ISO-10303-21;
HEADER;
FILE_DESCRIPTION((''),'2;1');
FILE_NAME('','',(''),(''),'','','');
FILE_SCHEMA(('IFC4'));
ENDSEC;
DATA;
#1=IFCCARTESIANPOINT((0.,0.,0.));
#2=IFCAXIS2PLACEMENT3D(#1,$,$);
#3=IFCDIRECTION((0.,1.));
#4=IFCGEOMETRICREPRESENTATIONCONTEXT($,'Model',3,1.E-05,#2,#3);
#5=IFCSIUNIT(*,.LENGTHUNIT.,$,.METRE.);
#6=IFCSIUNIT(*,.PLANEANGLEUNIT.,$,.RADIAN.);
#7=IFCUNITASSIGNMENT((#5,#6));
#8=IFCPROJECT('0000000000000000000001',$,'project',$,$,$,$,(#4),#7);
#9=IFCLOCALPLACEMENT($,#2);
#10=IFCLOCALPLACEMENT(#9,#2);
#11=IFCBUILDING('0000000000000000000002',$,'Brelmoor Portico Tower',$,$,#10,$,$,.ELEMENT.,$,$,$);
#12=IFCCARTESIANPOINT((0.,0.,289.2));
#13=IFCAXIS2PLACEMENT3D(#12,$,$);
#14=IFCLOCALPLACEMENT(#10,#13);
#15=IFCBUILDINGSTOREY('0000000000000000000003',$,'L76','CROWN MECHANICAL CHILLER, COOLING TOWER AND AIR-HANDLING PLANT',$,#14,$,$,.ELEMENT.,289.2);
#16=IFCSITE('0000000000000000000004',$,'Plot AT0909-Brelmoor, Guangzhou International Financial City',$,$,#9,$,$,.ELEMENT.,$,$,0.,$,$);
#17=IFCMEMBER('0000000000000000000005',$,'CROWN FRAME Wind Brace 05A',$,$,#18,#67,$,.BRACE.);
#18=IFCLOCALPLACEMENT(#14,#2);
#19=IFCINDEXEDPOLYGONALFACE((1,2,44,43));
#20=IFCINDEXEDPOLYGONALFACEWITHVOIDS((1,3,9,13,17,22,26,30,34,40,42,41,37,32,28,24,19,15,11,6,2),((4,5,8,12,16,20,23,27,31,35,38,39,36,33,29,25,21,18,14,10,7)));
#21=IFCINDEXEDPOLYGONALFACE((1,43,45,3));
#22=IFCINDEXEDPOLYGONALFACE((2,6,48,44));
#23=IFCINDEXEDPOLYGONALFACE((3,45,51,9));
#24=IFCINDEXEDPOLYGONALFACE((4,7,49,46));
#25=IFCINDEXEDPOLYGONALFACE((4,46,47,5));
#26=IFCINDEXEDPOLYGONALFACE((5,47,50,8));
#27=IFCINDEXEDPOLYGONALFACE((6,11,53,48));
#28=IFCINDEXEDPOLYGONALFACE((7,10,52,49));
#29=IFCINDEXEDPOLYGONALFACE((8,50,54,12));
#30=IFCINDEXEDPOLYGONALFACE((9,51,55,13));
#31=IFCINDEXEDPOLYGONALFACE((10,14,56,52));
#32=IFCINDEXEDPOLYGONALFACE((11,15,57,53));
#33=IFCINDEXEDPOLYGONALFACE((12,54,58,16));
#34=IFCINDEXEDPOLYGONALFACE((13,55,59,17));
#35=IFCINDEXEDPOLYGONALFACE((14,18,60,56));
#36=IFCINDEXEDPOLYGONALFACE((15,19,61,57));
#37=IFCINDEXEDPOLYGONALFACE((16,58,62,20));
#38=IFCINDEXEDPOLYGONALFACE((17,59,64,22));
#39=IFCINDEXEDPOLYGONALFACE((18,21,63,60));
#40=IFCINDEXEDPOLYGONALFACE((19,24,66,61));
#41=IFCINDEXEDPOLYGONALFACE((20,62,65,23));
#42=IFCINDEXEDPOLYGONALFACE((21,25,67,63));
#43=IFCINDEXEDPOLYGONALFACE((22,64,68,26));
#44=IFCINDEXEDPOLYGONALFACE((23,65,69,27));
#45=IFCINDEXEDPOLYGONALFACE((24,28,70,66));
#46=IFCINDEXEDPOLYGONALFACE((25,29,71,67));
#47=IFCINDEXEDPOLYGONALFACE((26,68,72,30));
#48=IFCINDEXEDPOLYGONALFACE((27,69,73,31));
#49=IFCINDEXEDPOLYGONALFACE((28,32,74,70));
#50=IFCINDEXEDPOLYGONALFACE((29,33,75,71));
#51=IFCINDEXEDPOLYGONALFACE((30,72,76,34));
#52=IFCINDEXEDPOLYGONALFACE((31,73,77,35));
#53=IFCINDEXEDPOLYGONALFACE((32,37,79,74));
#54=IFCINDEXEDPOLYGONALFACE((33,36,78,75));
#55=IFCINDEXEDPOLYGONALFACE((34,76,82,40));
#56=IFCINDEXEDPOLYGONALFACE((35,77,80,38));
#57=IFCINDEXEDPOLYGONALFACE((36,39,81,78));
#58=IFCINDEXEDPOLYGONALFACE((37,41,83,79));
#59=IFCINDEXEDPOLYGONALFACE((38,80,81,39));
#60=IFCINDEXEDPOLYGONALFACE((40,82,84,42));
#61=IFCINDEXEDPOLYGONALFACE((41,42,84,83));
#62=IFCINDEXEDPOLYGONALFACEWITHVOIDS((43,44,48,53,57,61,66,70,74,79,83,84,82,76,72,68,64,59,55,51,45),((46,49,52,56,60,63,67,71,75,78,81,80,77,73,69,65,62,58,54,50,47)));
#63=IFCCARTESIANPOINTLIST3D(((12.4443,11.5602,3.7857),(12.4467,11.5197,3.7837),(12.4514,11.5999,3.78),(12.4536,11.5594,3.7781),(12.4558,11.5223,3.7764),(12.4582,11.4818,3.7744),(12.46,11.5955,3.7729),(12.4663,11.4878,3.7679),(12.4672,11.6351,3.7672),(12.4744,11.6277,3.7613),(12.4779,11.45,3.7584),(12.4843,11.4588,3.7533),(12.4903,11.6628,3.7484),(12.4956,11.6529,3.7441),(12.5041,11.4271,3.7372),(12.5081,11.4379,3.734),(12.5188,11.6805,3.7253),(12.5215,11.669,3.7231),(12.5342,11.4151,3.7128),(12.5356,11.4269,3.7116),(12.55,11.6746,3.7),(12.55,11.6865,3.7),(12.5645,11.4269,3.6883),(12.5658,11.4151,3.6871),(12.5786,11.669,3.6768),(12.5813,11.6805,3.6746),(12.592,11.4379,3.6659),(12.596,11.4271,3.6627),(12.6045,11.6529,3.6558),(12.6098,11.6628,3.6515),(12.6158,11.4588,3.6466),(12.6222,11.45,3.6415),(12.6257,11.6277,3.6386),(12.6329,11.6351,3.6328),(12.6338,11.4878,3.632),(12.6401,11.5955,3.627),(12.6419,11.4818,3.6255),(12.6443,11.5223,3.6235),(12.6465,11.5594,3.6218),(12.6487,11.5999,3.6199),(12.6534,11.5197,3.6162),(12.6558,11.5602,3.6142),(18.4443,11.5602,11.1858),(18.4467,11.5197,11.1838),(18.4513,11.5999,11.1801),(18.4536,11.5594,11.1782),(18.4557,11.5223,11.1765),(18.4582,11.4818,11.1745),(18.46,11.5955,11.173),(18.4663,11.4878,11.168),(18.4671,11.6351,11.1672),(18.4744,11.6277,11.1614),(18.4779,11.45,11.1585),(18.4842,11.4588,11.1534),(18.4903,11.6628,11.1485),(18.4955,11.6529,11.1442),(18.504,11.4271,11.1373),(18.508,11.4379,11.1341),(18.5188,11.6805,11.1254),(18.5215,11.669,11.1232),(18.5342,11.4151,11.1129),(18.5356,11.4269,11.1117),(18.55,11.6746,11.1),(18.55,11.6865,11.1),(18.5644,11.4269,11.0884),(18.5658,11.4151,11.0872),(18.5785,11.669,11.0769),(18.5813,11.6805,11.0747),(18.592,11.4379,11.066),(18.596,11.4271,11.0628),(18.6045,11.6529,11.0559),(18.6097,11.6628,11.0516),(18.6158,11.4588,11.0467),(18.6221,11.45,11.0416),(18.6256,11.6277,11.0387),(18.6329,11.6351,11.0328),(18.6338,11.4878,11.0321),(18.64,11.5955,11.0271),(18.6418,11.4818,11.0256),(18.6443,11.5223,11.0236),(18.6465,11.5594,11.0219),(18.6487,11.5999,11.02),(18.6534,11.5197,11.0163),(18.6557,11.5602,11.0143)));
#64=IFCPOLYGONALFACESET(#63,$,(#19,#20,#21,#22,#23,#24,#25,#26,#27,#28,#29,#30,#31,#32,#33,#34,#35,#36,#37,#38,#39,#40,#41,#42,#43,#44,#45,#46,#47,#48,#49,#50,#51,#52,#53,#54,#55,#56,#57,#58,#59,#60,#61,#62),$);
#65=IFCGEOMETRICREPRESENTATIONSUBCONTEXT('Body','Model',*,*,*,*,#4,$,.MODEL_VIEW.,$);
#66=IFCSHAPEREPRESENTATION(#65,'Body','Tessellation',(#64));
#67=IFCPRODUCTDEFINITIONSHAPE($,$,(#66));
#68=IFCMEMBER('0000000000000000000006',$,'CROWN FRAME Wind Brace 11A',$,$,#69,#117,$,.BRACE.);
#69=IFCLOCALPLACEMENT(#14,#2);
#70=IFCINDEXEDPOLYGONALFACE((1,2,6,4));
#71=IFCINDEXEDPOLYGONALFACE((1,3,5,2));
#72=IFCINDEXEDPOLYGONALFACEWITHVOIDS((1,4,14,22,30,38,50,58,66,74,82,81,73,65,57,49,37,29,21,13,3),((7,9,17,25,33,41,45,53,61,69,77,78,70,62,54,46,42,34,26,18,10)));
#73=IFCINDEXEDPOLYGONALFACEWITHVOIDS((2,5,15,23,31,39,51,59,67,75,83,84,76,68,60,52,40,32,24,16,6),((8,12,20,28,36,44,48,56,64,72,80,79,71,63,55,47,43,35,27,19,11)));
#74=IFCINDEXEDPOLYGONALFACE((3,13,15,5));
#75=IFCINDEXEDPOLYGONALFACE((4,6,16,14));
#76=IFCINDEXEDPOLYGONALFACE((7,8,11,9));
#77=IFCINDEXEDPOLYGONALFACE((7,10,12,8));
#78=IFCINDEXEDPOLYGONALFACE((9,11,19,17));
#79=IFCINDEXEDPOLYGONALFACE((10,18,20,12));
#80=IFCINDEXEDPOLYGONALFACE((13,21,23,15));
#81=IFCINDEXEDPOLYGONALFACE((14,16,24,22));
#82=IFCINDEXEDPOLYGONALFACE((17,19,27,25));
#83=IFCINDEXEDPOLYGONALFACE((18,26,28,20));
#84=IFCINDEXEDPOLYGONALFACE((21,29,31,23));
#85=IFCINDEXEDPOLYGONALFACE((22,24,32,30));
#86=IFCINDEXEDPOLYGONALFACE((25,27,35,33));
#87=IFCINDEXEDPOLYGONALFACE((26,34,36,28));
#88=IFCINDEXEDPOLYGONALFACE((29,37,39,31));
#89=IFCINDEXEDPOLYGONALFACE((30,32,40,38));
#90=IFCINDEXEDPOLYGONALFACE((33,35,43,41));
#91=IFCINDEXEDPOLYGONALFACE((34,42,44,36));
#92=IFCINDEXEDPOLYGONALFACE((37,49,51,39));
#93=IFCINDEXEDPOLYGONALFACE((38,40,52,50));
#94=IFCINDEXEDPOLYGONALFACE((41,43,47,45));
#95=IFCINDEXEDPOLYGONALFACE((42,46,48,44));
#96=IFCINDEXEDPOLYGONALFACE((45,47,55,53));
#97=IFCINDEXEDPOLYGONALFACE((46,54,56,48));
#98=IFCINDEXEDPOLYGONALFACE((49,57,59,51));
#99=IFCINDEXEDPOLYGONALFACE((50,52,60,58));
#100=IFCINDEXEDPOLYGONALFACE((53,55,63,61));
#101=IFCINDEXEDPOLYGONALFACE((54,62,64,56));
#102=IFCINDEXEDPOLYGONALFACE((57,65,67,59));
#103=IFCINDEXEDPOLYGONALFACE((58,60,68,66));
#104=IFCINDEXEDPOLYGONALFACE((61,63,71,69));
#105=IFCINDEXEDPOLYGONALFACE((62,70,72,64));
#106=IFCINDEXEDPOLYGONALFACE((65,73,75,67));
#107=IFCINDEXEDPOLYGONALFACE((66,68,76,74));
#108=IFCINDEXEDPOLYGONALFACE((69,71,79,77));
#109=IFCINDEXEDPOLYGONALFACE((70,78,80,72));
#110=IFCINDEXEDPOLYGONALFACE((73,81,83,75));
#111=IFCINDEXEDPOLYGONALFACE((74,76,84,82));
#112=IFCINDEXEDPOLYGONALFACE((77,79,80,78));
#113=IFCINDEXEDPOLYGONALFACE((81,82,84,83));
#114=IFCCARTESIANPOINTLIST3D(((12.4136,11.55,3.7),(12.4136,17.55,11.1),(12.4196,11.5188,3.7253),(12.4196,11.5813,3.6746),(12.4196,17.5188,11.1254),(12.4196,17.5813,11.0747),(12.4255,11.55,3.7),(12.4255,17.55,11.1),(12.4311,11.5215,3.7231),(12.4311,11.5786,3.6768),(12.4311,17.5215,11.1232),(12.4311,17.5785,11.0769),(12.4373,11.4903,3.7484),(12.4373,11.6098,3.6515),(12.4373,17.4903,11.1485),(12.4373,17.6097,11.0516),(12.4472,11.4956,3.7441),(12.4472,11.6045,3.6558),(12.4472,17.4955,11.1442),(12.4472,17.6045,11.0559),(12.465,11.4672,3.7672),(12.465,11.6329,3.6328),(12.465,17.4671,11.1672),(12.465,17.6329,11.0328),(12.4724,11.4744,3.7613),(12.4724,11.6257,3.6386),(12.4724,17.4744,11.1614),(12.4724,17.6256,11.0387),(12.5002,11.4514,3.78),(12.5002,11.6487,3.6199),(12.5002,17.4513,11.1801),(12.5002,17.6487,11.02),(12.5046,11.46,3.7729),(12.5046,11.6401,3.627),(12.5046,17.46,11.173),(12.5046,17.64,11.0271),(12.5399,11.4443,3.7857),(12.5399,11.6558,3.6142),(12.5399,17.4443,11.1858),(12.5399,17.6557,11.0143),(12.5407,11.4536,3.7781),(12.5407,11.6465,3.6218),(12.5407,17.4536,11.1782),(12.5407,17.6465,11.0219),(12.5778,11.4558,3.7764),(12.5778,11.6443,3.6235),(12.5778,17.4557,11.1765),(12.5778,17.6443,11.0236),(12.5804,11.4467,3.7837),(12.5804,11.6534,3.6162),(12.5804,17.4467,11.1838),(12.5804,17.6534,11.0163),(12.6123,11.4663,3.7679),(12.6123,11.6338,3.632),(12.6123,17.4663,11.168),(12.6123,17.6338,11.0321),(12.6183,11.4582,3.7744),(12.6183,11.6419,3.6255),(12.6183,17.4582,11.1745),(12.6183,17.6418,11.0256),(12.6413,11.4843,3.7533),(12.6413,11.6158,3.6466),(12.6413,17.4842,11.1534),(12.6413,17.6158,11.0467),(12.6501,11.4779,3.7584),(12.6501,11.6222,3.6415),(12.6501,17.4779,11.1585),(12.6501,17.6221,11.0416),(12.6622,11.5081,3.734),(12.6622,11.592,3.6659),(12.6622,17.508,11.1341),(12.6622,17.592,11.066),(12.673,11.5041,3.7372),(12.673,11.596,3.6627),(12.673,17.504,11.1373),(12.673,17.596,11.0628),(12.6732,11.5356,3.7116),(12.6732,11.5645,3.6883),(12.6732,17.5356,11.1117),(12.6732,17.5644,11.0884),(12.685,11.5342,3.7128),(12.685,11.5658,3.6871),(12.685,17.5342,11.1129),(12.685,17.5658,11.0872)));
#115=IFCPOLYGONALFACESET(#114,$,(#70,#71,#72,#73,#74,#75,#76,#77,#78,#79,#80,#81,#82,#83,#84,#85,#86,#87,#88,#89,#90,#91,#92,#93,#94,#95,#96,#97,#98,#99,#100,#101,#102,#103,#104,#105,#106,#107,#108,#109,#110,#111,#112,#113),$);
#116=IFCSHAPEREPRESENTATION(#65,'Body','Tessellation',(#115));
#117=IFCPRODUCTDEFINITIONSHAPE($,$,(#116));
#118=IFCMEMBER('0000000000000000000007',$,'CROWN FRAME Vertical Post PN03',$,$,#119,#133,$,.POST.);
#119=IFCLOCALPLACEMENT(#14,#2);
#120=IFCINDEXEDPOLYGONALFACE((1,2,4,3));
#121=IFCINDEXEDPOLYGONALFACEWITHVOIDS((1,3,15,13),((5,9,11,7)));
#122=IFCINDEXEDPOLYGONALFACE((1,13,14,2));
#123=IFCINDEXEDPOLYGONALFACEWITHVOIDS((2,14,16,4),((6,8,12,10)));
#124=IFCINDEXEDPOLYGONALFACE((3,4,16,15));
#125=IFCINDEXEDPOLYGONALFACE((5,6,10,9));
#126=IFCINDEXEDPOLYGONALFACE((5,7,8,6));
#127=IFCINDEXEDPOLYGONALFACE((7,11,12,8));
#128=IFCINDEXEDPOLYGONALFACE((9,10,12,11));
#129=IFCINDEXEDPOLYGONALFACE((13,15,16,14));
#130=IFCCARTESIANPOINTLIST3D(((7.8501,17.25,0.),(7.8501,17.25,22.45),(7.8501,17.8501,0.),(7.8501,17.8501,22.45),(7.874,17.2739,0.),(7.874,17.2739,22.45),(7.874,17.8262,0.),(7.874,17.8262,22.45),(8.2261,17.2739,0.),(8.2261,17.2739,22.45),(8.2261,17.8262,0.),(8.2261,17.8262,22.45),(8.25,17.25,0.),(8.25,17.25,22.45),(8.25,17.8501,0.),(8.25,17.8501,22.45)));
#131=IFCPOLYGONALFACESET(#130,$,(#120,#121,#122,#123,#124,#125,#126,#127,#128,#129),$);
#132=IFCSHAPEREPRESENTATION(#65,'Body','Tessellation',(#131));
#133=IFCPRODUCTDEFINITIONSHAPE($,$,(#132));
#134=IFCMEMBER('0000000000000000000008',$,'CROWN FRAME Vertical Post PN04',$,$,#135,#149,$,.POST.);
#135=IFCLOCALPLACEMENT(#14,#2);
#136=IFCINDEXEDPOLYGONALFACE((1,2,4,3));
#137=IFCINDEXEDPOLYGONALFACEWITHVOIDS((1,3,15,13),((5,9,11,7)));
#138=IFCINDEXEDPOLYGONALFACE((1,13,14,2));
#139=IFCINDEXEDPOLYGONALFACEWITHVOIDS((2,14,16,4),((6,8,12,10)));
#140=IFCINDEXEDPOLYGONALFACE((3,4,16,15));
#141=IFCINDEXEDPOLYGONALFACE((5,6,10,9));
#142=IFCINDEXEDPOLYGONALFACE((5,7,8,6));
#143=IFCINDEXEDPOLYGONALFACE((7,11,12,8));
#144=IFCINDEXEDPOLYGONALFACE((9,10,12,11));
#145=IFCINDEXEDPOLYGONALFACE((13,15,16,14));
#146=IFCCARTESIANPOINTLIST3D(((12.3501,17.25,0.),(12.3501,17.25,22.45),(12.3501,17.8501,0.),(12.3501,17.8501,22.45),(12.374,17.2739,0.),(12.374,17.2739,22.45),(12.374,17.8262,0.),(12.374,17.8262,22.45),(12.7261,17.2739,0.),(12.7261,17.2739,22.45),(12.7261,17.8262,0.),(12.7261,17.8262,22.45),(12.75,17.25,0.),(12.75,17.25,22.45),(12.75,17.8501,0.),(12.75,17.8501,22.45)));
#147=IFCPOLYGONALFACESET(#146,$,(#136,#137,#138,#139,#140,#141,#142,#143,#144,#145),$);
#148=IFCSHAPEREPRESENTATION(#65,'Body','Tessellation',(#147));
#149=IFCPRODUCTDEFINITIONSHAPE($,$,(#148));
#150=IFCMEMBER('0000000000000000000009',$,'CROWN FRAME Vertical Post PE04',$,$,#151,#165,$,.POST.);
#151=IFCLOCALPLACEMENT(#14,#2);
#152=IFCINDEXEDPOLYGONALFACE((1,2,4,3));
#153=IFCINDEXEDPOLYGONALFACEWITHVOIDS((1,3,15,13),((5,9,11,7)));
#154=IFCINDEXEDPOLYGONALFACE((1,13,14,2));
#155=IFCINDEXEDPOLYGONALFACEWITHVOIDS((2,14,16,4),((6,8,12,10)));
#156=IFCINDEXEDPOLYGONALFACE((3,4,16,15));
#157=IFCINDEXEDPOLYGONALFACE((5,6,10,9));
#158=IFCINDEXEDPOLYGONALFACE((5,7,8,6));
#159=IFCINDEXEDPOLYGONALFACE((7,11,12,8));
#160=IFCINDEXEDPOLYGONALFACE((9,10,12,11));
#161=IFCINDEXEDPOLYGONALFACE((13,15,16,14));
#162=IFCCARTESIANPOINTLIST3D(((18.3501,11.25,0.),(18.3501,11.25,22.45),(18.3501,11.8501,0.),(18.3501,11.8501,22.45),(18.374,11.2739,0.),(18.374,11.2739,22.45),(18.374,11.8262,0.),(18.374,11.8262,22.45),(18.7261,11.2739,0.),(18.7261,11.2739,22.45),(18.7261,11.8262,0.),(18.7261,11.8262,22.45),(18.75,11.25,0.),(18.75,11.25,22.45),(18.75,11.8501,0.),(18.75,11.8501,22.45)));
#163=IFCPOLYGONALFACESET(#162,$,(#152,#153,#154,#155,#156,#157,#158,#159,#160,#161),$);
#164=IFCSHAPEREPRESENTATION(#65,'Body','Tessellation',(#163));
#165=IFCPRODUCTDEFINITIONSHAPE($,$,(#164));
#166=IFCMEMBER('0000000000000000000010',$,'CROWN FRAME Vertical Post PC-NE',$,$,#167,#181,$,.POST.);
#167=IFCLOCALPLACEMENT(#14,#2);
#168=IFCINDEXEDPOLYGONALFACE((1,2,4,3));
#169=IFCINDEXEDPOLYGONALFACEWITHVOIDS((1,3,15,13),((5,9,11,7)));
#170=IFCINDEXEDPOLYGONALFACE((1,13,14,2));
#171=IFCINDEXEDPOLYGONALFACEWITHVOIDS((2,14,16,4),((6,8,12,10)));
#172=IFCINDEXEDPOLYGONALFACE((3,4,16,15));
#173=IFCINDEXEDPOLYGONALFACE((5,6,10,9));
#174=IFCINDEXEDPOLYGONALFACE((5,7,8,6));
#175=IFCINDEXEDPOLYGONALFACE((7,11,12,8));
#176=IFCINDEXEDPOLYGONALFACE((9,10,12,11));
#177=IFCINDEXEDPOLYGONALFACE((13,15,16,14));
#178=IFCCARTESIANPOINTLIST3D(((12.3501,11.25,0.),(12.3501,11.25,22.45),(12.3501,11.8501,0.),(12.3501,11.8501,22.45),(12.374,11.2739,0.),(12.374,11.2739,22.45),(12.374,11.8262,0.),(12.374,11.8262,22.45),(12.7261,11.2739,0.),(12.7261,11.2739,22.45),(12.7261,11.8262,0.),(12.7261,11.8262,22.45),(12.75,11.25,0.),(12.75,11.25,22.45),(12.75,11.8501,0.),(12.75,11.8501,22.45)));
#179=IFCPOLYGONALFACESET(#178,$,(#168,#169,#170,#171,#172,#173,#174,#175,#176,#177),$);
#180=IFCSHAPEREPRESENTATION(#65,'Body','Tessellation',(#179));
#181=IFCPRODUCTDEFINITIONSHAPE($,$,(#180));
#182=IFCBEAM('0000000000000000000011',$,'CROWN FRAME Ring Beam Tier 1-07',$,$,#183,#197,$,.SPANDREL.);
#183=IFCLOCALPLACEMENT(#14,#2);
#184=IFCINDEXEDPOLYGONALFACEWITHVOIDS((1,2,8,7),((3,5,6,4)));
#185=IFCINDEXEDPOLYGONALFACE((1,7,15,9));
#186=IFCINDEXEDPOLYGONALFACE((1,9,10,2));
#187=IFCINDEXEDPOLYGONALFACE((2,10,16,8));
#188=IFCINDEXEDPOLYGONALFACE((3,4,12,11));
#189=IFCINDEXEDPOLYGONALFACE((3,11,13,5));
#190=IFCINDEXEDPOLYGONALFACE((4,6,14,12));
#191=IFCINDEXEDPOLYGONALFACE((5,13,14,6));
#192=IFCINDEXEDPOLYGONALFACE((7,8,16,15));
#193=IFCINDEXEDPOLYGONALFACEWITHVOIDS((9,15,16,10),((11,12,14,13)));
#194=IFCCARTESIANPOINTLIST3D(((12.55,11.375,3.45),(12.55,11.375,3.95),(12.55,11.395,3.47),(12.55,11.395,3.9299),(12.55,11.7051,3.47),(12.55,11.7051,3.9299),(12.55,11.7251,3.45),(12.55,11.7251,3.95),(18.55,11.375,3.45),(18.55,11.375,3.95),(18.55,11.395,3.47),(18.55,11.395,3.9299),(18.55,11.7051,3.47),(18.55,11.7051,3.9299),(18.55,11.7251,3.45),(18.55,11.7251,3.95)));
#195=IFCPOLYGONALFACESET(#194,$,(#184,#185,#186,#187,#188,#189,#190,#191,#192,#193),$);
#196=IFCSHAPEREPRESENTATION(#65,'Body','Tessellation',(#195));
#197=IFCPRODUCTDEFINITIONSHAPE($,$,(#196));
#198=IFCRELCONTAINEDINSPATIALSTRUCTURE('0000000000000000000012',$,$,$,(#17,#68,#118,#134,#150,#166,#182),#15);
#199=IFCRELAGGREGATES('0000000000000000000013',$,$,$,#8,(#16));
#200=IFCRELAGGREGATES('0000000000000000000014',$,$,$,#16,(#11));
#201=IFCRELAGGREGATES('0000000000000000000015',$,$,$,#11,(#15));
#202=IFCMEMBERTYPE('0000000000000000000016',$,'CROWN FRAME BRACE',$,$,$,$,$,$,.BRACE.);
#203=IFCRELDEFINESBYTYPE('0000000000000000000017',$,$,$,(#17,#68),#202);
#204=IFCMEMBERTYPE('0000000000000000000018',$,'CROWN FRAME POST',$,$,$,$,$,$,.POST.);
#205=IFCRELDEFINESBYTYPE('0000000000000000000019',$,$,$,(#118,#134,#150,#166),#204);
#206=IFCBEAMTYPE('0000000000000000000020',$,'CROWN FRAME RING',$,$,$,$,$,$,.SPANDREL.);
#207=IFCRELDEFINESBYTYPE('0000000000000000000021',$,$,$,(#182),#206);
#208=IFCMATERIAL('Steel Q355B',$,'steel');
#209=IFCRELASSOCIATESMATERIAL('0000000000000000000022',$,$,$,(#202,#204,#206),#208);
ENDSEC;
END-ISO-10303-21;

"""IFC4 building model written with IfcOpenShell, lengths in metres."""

from ifc_helpers import new_model, si_unit, direction, frame, origin, origin_2d, place, context, subcontext, project, spatial, hollow_rectangle, hollow_circle, extrude, material, material_profile, profile_set, type_object, element, save


model = new_model("IFC4")

# Units and contexts
model_context = context("Model", 3, precision=1e-05, world=origin(), true_north=direction((0.0, 1.0)))
body_context = subcontext(model_context, "Body", "Model", "MODEL_VIEW")
ifc_project = project(units=[si_unit("LENGTHUNIT", "METRE"), si_unit("PLANEANGLEUNIT", "RADIAN")], contexts=[model_context])

# Site, building, storey
site_placement = place(None, origin())
site = spatial("IfcSite", under=ifc_project, at=site_placement, Name="Plot AT0909-Brelmoor, Guangzhou International Financial City", CompositionType="ELEMENT", RefElevation=0.0)
building_placement = place(site_placement, origin())
building = spatial("IfcBuilding", under=site, at=building_placement, Name="Brelmoor Portico Tower", CompositionType="ELEMENT")
storey_placement = place(building_placement, frame((0.0, 0.0, 289.2)))
storey = spatial("IfcBuildingStorey", under=building, at=storey_placement, Name="L76", Description="CROWN MECHANICAL CHILLER, COOLING TOWER AND AIR-HANDLING PLANT", CompositionType="ELEMENT", Elevation=289.2)

# Members
ifc_material_1 = material(Name="Steel Q355B", Category="steel")
ifc_material_profile_1 = material_profile(ifc_material_1, hollow_circle(Radius=0.1365, WallThickness=0.012, at=origin_2d()), Name="CHS 273x12")
ifc_profile_set_1 = profile_set([ifc_material_profile_1], Name="Steel Q355B")
member_type_1 = type_object("IfcMemberType", Name="CROWN FRAME BRACE", PredefinedType="BRACE", material=ifc_profile_set_1)
for number, where, z_axis, x_axis, name in (
    (1, (12.55, 11.55, 3.7), (0.629794, 0.0, 0.776762), (0.0, 1.0, 0.0), "CROWN FRAME Wind Brace 05A"),
    (2, (12.55, 11.55, 3.7), (0.0, 0.629794, 0.776762), (-1.0, 0.0, 0.0), "CROWN FRAME Wind Brace 11A"),
):
    element("IfcMember", number, at=place(storey_placement, frame(where, z_axis=z_axis, x_axis=x_axis)), inside=storey, type_object=member_type_1, Name=name, PredefinedType="BRACE", context=body_context, shape_type="SweptSolid", body=[
        extrude(hollow_circle(Radius=0.1365, WallThickness=0.012, at=origin_2d()), origin(), (0.0, 0.0, 1.0), 9.5269),
    ])
ifc_material_profile_2 = material_profile(ifc_material_1, hollow_rectangle(XDim=0.3999, YDim=0.6001, WallThickness=0.0239, at=origin_2d()), Name="RHS 400x600x24")
ifc_profile_set_2 = profile_set([ifc_material_profile_2], Name="Steel Q355B")
member_type_2 = type_object("IfcMemberType", Name="CROWN FRAME POST", PredefinedType="POST", material=ifc_profile_set_2)
for number, where, z_axis, x_axis, name in (
    (3, (8.05, 17.55, 0.0), (0.0, 0.0, 1.0), (1.0, 0.0, 0.0), "CROWN FRAME Vertical Post PN03"),
    (4, (12.55, 17.55, 0.0), (0.0, 0.0, 1.0), (1.0, 0.0, 0.0), "CROWN FRAME Vertical Post PN04"),
    (5, (18.55, 11.55, 0.0), (0.0, 0.0, 1.0), (1.0, 0.0, 0.0), "CROWN FRAME Vertical Post PE04"),
    (6, (12.55, 11.55, 0.0), (0.0, 0.0, 1.0), (1.0, 0.0, 0.0), "CROWN FRAME Vertical Post PC-NE"),
):
    element("IfcMember", number, at=place(storey_placement, frame(where, z_axis=z_axis, x_axis=x_axis)), inside=storey, type_object=member_type_2, Name=name, PredefinedType="POST", context=body_context, shape_type="SweptSolid", body=[
        extrude(hollow_rectangle(XDim=0.3999, YDim=0.6001, WallThickness=0.0239, at=origin_2d()), origin(), (0.0, 0.0, 1.0), 22.45),
    ])

# Beam
ifc_material_profile_3 = material_profile(ifc_material_1, hollow_rectangle(XDim=0.3501, YDim=0.5, WallThickness=0.02, at=origin_2d()), Name="RHS 350x500x20")
ifc_profile_set_3 = profile_set([ifc_material_profile_3], Name="Steel Q355B")
beam_type = type_object("IfcBeamType", Name="CROWN FRAME RING", PredefinedType="SPANDREL", material=ifc_profile_set_3)
beam_1_placement = place(storey_placement, frame((12.55, 11.55, 3.7), z_axis=(1.0, 0.0, 0.0), x_axis=(0.0, 1.0, 0.0)))
element("IfcBeam", 7, at=beam_1_placement, inside=storey, type_object=beam_type, Name="CROWN FRAME Ring Beam Tier 1-07", PredefinedType="SPANDREL", context=body_context, shape_type="SweptSolid", body=[
    extrude(hollow_rectangle(XDim=0.3501, YDim=0.5, WallThickness=0.02, at=origin_2d()), origin(), (0.0, 0.0, 1.0), 6.0),
])

save(model, "model.ifc")
